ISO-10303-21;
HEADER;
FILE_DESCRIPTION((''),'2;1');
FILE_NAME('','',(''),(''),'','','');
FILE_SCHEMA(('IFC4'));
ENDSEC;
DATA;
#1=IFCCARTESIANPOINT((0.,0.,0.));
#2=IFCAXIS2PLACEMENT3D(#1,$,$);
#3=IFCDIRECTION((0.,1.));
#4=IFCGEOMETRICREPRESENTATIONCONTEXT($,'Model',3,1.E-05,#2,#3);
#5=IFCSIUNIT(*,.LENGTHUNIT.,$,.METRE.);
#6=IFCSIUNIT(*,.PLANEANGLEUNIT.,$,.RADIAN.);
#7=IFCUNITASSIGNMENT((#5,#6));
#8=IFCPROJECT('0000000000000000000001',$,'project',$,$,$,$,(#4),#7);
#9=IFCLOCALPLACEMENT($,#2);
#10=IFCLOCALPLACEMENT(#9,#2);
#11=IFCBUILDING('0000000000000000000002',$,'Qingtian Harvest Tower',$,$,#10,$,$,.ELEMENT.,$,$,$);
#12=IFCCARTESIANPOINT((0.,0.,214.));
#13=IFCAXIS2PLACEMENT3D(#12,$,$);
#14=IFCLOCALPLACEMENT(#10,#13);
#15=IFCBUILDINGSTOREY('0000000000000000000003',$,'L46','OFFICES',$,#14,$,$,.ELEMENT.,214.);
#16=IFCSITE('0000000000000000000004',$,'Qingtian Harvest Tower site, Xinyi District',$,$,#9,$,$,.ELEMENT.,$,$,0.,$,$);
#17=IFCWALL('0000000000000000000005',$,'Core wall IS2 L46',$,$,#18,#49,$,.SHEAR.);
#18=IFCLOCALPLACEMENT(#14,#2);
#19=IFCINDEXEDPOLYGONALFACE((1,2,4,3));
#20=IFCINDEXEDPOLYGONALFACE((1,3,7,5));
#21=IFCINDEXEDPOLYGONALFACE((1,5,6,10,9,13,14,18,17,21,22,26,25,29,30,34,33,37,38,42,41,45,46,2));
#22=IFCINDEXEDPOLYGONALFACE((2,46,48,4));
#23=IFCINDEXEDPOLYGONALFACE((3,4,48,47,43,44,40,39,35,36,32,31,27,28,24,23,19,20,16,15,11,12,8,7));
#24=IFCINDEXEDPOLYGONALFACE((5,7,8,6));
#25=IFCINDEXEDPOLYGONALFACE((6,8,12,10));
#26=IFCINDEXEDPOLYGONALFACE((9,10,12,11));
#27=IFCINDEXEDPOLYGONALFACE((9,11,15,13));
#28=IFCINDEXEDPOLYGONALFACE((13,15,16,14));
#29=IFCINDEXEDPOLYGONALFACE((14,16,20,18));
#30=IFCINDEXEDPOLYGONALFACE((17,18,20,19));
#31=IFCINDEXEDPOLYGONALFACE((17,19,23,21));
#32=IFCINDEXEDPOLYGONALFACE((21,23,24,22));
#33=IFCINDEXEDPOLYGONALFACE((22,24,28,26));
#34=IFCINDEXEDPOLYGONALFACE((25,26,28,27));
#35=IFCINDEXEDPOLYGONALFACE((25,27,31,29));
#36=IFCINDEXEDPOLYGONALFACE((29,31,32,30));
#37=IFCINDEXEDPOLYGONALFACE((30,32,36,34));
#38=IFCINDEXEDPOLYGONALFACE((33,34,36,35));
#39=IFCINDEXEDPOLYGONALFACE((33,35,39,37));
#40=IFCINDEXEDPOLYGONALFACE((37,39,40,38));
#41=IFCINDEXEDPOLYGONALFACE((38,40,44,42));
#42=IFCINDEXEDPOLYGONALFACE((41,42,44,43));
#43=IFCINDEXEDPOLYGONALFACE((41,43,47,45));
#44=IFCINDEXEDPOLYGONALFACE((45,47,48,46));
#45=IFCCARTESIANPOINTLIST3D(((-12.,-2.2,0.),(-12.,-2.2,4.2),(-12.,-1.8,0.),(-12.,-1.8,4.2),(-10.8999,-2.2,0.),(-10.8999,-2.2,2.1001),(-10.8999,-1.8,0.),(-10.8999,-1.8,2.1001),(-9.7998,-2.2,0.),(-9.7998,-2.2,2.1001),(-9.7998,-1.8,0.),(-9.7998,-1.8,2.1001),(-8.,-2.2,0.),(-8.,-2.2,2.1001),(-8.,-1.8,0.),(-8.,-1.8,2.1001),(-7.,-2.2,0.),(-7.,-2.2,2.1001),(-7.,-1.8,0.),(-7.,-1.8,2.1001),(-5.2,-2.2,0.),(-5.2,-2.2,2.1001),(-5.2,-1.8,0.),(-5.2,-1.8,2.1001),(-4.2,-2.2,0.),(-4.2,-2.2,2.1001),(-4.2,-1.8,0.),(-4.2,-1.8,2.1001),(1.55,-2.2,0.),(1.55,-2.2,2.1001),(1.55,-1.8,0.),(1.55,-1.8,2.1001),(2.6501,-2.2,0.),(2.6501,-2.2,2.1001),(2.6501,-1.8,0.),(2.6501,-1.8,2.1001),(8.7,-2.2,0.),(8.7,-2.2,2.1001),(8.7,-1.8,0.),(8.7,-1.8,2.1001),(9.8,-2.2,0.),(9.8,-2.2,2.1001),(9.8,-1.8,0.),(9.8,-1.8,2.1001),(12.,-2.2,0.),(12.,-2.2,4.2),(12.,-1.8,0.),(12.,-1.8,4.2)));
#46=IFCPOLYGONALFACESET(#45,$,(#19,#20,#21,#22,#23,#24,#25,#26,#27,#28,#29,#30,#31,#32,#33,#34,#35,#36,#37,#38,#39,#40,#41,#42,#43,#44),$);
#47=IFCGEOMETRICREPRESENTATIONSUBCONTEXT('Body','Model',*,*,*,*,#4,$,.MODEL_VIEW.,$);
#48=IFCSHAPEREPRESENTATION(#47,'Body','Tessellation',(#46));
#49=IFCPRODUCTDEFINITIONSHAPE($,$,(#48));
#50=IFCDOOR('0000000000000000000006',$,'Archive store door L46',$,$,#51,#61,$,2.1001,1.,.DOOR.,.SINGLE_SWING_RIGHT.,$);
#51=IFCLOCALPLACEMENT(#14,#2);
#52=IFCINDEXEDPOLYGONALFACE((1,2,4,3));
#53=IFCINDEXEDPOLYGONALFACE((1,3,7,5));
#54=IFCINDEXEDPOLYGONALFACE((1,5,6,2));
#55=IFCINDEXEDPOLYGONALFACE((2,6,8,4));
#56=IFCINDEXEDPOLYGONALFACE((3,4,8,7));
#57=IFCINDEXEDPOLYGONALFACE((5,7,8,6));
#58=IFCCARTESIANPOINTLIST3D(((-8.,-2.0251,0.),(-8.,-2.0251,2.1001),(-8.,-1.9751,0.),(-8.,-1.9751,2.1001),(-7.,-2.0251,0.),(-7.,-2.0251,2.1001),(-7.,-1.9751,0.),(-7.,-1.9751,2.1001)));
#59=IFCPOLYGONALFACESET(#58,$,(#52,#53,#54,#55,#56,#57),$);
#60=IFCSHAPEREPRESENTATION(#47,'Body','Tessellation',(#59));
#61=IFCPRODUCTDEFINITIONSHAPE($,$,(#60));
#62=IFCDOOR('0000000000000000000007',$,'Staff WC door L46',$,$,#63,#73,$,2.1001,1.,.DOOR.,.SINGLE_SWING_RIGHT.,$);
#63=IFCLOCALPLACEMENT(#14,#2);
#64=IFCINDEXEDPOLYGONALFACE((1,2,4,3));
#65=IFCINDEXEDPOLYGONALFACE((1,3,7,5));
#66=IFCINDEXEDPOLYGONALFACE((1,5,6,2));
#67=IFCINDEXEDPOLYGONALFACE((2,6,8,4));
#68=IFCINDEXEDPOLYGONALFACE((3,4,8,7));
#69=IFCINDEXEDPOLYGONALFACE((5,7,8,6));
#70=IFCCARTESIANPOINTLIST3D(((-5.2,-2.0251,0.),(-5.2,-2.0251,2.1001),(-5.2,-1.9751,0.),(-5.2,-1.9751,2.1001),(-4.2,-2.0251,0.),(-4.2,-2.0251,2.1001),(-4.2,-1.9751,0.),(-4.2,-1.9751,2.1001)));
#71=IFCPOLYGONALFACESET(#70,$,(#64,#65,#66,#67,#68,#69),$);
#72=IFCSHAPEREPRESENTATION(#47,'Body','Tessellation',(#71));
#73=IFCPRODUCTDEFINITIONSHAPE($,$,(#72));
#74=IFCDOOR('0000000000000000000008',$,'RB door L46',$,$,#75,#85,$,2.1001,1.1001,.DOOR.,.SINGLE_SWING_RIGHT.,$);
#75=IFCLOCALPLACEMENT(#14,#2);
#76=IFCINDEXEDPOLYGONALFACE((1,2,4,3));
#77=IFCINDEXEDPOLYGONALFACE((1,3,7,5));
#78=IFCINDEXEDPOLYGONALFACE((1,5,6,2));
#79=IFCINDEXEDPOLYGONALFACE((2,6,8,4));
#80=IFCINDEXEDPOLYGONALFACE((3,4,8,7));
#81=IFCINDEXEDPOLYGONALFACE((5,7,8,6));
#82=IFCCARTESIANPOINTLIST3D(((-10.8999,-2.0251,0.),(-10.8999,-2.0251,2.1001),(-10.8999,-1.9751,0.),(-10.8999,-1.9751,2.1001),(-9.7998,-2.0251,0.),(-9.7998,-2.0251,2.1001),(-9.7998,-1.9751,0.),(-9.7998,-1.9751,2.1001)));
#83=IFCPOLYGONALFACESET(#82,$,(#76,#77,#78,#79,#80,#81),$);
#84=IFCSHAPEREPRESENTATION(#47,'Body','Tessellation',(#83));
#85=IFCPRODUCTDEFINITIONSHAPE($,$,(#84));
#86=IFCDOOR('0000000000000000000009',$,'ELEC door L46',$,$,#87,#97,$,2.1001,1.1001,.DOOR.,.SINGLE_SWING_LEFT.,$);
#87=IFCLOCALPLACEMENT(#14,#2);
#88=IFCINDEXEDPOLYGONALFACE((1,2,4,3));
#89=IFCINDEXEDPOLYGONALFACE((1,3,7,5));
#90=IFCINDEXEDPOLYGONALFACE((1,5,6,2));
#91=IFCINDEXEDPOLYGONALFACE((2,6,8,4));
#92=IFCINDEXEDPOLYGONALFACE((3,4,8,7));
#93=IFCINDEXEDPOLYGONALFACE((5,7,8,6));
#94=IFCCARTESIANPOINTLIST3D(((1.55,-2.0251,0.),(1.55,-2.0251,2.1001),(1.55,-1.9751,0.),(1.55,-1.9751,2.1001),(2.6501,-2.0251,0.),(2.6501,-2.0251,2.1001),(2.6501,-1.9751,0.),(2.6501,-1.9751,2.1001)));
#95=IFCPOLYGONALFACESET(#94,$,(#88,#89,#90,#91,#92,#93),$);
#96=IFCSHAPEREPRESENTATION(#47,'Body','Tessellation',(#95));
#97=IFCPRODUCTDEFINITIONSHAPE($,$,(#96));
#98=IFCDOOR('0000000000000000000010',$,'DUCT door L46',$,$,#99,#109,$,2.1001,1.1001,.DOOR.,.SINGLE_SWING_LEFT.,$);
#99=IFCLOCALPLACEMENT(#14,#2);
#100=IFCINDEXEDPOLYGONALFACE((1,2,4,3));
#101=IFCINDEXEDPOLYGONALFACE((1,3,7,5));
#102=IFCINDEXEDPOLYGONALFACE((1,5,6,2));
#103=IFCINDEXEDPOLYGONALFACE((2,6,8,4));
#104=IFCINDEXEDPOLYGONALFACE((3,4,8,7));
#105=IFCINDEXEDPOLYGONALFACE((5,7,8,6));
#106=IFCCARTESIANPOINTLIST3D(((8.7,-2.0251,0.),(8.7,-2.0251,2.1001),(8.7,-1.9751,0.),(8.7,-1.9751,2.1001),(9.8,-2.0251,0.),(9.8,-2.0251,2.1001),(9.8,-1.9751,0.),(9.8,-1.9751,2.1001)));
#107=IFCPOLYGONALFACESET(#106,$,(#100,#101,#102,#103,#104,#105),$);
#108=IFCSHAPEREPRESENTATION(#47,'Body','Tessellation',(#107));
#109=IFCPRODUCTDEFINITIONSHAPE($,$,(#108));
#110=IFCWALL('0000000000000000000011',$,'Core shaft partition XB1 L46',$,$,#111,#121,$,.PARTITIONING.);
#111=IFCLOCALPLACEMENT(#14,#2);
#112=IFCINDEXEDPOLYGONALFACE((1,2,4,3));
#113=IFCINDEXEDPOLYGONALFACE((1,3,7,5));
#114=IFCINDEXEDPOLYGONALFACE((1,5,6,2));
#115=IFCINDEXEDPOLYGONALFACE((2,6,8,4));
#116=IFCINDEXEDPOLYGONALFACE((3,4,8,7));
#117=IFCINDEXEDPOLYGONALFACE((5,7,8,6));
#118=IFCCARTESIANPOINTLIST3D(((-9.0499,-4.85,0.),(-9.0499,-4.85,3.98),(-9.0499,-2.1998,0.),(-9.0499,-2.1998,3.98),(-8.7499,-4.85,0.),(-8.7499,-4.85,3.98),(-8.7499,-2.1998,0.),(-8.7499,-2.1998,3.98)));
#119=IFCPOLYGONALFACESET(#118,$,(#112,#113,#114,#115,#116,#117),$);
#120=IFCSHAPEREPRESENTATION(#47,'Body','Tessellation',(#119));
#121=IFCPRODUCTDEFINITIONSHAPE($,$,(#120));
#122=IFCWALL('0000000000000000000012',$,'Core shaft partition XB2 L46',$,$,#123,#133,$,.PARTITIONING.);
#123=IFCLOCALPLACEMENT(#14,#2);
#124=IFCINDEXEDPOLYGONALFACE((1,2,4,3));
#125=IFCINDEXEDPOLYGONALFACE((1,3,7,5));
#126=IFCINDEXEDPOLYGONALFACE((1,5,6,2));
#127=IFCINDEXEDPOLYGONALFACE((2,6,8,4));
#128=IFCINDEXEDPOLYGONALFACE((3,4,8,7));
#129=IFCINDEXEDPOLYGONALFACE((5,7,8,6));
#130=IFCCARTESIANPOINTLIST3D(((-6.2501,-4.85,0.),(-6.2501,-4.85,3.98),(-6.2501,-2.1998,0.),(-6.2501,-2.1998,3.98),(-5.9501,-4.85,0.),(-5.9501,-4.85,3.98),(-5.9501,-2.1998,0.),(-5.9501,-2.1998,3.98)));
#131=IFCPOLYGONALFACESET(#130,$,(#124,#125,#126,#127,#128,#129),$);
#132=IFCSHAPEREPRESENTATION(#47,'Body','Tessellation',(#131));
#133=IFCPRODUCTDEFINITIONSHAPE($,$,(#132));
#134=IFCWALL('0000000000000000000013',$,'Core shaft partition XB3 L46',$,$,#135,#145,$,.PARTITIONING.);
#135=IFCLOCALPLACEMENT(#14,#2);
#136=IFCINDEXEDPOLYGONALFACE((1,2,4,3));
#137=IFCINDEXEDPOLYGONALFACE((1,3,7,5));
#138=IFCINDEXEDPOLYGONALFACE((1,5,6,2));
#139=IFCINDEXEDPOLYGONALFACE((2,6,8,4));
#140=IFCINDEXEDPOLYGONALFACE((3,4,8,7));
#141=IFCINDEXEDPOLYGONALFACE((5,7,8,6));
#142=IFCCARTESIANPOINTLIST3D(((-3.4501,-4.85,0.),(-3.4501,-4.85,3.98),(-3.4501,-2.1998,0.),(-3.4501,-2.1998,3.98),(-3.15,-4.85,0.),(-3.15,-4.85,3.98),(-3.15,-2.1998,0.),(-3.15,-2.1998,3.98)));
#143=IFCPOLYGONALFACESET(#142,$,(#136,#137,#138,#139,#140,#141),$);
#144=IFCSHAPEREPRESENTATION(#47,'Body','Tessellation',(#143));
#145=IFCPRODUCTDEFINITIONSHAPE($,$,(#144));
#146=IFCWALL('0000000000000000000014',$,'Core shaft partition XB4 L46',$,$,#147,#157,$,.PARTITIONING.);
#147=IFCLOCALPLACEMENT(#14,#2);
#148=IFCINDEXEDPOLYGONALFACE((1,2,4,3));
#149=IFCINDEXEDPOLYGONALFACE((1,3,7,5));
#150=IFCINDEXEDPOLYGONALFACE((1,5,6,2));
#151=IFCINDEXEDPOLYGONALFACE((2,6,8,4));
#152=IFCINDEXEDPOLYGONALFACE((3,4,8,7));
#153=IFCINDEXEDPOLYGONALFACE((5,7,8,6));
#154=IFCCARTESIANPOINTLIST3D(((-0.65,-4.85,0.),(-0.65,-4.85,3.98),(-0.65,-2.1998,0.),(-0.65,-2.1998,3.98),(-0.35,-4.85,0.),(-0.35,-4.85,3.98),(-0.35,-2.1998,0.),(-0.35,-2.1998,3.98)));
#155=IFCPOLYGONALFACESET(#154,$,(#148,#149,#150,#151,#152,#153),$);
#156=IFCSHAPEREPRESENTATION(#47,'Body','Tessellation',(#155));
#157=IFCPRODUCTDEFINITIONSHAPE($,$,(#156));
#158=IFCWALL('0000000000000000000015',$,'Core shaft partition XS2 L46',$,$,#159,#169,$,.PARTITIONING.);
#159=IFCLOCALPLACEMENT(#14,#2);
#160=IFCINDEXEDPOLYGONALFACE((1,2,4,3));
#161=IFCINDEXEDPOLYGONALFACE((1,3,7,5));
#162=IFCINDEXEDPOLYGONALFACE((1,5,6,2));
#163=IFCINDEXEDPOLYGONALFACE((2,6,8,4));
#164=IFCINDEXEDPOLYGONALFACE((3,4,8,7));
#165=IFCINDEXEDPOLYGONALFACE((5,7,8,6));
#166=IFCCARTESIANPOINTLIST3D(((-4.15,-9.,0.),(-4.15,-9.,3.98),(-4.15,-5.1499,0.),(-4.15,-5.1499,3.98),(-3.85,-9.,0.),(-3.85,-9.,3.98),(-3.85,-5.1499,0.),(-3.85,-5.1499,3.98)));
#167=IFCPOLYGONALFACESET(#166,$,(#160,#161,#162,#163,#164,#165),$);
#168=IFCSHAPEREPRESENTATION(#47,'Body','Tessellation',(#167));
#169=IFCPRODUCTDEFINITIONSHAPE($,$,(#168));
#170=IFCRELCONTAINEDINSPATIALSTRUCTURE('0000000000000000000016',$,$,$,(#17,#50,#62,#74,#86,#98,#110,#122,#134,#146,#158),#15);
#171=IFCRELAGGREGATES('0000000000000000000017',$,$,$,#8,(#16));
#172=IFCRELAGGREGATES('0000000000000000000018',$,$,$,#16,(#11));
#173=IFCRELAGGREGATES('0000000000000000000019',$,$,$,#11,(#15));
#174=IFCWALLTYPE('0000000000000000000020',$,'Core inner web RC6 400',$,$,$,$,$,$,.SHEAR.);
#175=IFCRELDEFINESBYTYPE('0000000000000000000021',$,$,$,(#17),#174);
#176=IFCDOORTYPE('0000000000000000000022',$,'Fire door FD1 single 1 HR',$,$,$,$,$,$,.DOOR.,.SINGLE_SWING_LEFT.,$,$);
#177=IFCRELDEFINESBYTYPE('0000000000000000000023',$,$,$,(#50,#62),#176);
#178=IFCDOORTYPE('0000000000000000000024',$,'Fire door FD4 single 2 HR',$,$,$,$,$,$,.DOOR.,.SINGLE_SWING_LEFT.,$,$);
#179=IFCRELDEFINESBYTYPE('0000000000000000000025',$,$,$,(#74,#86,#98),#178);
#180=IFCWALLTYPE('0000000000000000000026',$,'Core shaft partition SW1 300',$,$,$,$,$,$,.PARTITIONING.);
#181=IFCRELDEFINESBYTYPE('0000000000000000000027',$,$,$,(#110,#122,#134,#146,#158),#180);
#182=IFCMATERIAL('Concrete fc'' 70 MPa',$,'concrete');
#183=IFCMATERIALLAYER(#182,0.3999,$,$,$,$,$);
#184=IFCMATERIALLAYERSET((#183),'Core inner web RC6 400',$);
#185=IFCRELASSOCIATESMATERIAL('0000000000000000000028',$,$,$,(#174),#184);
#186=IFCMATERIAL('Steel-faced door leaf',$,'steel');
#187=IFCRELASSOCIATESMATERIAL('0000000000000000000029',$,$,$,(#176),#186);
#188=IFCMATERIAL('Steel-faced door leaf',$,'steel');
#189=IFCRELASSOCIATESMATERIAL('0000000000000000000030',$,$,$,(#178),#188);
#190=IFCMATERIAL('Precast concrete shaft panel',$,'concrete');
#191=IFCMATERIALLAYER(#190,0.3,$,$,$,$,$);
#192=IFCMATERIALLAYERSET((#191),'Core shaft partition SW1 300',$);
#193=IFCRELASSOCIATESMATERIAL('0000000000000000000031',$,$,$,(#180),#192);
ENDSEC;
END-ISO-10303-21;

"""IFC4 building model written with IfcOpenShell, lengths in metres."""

from ifc_helpers import new_model, si_unit, direction, frame, frame_2d, origin, place, context, subcontext, project, spatial, rectangle, extrude, material, layer, layer_set, type_object, element, fill, save


model = new_model("IFC4")

# Units and contexts
model_context = context("Model", 3, precision=1e-05, world=origin(), true_north=direction((0.0, 1.0)))
body_context = subcontext(model_context, "Body", "Model", "MODEL_VIEW")
ifc_project = project(units=[si_unit("LENGTHUNIT", "METRE"), si_unit("PLANEANGLEUNIT", "RADIAN")], contexts=[model_context])

# Site, building, storey
site_placement = place(None, origin())
site = spatial("IfcSite", under=ifc_project, at=site_placement, Name="Qingtian Harvest Tower site, Xinyi District", CompositionType="ELEMENT", RefElevation=0.0)
building_placement = place(site_placement, origin())
building = spatial("IfcBuilding", under=site, at=building_placement, Name="Qingtian Harvest Tower", CompositionType="ELEMENT")
storey_placement = place(building_placement, frame((0.0, 0.0, 214.0)))
storey = spatial("IfcBuildingStorey", under=building, at=storey_placement, Name="L46", Description="OFFICES", CompositionType="ELEMENT", Elevation=214.0)

# Wall, openings, doors
ifc_material_1 = material(Name="Concrete fc' 70 MPa", Category="concrete")
ifc_layer_1 = layer(ifc_material_1, 0.3999)
ifc_layer_set_1 = layer_set([ifc_layer_1], Name="Core inner web RC6 400")
wall_type_1 = type_object("IfcWallType", Name="Core inner web RC6 400", PredefinedType="SHEAR", material=ifc_layer_set_1)
wall_1_placement = place(storey_placement, frame((-12.0, -2.0, 0.0), z_axis=(0.0, 0.0, 1.0), x_axis=(1.0, 0.0, 0.0)))
wall_1 = element("IfcWall", 1, at=wall_1_placement, inside=storey, type_object=wall_type_1, Name="Core wall IS2 L46", PredefinedType="SHEAR", context=body_context, shape_type="SweptSolid", body=[
    extrude(rectangle(XDim=24.0, YDim=0.3999, at=frame_2d((12.0, 0.0))), origin(), (0.0, 0.0, 1.0), 4.2),
])
opening_1_placement = place(wall_1_placement, frame((1.1001, 0.0, 0.0)))
opening_1 = element("IfcOpeningElement", 2, at=opening_1_placement, cuts=wall_1, PredefinedType="OPENING", context=body_context, shape_type="SweptSolid", body=[
    extrude(rectangle(XDim=1.1001, YDim=2.1001, at=frame_2d((0.55, 1.05))), frame((0.0, 0.21, 0.0), z_axis=(0.0, -1.0, 0.0), x_axis=(1.0, 0.0, 0.0)), (0.0, 0.0, 1.0), 0.4199),
])
opening_2_placement = place(wall_1_placement, frame((13.55, 0.0, 0.0)))
opening_2 = element("IfcOpeningElement", 3, at=opening_2_placement, cuts=wall_1, PredefinedType="OPENING", context=body_context, shape_type="SweptSolid", body=[
    extrude(rectangle(XDim=1.1001, YDim=2.1001, at=frame_2d((0.55, 1.05))), frame((0.0, 0.21, 0.0), z_axis=(0.0, -1.0, 0.0), x_axis=(1.0, 0.0, 0.0)), (0.0, 0.0, 1.0), 0.4199),
])
opening_3_placement = place(wall_1_placement, frame((20.7, 0.0, 0.0)))
opening_3 = element("IfcOpeningElement", 4, at=opening_3_placement, cuts=wall_1, PredefinedType="OPENING", context=body_context, shape_type="SweptSolid", body=[
    extrude(rectangle(XDim=1.1001, YDim=2.1001, at=frame_2d((0.55, 1.05))), frame((0.0, 0.21, 0.0), z_axis=(0.0, -1.0, 0.0), x_axis=(1.0, 0.0, 0.0)), (0.0, 0.0, 1.0), 0.4199),
])
opening_4_placement = place(wall_1_placement, frame((4.0, 0.0, 0.0)))
opening_4 = element("IfcOpeningElement", 5, at=opening_4_placement, cuts=wall_1, PredefinedType="OPENING", context=body_context, shape_type="SweptSolid", body=[
    extrude(rectangle(XDim=1.0, YDim=2.1001, at=frame_2d((0.5, 1.05))), frame((0.0, 0.21, 0.0), z_axis=(0.0, -1.0, 0.0), x_axis=(1.0, 0.0, 0.0)), (0.0, 0.0, 1.0), 0.4199),
])
opening_5_placement = place(wall_1_placement, frame((6.8, 0.0, 0.0)))
opening_5 = element("IfcOpeningElement", 6, at=opening_5_placement, cuts=wall_1, PredefinedType="OPENING", context=body_context, shape_type="SweptSolid", body=[
    extrude(rectangle(XDim=1.0, YDim=2.1001, at=frame_2d((0.5, 1.05))), frame((0.0, 0.21, 0.0), z_axis=(0.0, -1.0, 0.0), x_axis=(1.0, 0.0, 0.0)), (0.0, 0.0, 1.0), 0.4199),
])
ifc_material_2 = material(Name="Steel-faced door leaf", Category="steel")
door_type_1 = type_object("IfcDoorType", Name="Fire door FD1 single 1 HR", OperationType="SINGLE_SWING_LEFT", PredefinedType="DOOR", material=ifc_material_2)
door_1_placement = place(opening_4_placement, origin())
door_1 = element("IfcDoor", 7, at=door_1_placement, inside=storey, type_object=door_type_1, Name="Archive store door L46", OperationType="SINGLE_SWING_RIGHT", OverallHeight=2.1001, OverallWidth=1.0, PredefinedType="DOOR", context=body_context, shape_type="SweptSolid", body=[
    extrude(rectangle(XDim=1.0, YDim=2.1001, at=frame_2d((0.5, 1.05))), frame((0.0, 0.0249, 0.0), z_axis=(0.0, -1.0, 0.0), x_axis=(1.0, 0.0, 0.0)), (0.0, 0.0, 1.0), 0.05),
])
fill(opening_4, door_1)
door_2_placement = place(opening_5_placement, origin())
door_2 = element("IfcDoor", 8, at=door_2_placement, inside=storey, type_object=door_type_1, Name="Staff WC door L46", OperationType="SINGLE_SWING_RIGHT", OverallHeight=2.1001, OverallWidth=1.0, PredefinedType="DOOR", context=body_context, shape_type="SweptSolid", body=[
    extrude(rectangle(XDim=1.0, YDim=2.1001, at=frame_2d((0.5, 1.05))), frame((0.0, 0.0249, 0.0), z_axis=(0.0, -1.0, 0.0), x_axis=(1.0, 0.0, 0.0)), (0.0, 0.0, 1.0), 0.05),
])
fill(opening_5, door_2)
ifc_material_3 = material(Name="Steel-faced door leaf", Category="steel")
door_type_2 = type_object("IfcDoorType", Name="Fire door FD4 single 2 HR", OperationType="SINGLE_SWING_LEFT", PredefinedType="DOOR", material=ifc_material_3)
door_3_placement = place(opening_1_placement, origin())
door_3 = element("IfcDoor", 9, at=door_3_placement, inside=storey, type_object=door_type_2, Name="RB door L46", OperationType="SINGLE_SWING_RIGHT", OverallHeight=2.1001, OverallWidth=1.1001, PredefinedType="DOOR", context=body_context, shape_type="SweptSolid", body=[
    extrude(rectangle(XDim=1.1001, YDim=2.1001, at=frame_2d((0.55, 1.05))), frame((0.0, 0.0249, 0.0), z_axis=(0.0, -1.0, 0.0), x_axis=(1.0, 0.0, 0.0)), (0.0, 0.0, 1.0), 0.05),
])
fill(opening_1, door_3)
door_4_placement = place(opening_2_placement, origin())
door_4 = element("IfcDoor", 10, at=door_4_placement, inside=storey, type_object=door_type_2, Name="ELEC door L46", OperationType="SINGLE_SWING_LEFT", OverallHeight=2.1001, OverallWidth=1.1001, PredefinedType="DOOR", context=body_context, shape_type="SweptSolid", body=[
    extrude(rectangle(XDim=1.1001, YDim=2.1001, at=frame_2d((0.55, 1.05))), frame((0.0, 0.0249, 0.0), z_axis=(0.0, -1.0, 0.0), x_axis=(1.0, 0.0, 0.0)), (0.0, 0.0, 1.0), 0.05),
])
fill(opening_2, door_4)
door_5_placement = place(opening_3_placement, origin())
door_5 = element("IfcDoor", 11, at=door_5_placement, inside=storey, type_object=door_type_2, Name="DUCT door L46", OperationType="SINGLE_SWING_LEFT", OverallHeight=2.1001, OverallWidth=1.1001, PredefinedType="DOOR", context=body_context, shape_type="SweptSolid", body=[
    extrude(rectangle(XDim=1.1001, YDim=2.1001, at=frame_2d((0.55, 1.05))), frame((0.0, 0.0249, 0.0), z_axis=(0.0, -1.0, 0.0), x_axis=(1.0, 0.0, 0.0)), (0.0, 0.0, 1.0), 0.05),
])
fill(opening_3, door_5)

# Walls
ifc_material_4 = material(Name="Precast concrete shaft panel", Category="concrete")
ifc_layer_2 = layer(ifc_material_4, 0.3)
ifc_layer_set_2 = layer_set([ifc_layer_2], Name="Core shaft partition SW1 300")
wall_type_2 = type_object("IfcWallType", Name="Core shaft partition SW1 300", PredefinedType="PARTITIONING", material=ifc_layer_set_2)
for number, where, z_axis, x_axis, name in (
    (12, (-8.8999, -4.8501, 0.0), (0.0, 0.0, 1.0), (0.0, 1.0, 0.0), "Core shaft partition XB1 L46"),
    (13, (-6.1001, -4.8501, 0.0), (0.0, 0.0, 1.0), (0.0, 1.0, 0.0), "Core shaft partition XB2 L46"),
    (14, (-3.3, -4.8501, 0.0), (0.0, 0.0, 1.0), (0.0, 1.0, 0.0), "Core shaft partition XB3 L46"),
    (15, (-0.5, -4.8501, 0.0), (0.0, 0.0, 1.0), (0.0, 1.0, 0.0), "Core shaft partition XB4 L46"),
):
    element("IfcWall", number, at=place(storey_placement, frame(where, z_axis=z_axis, x_axis=x_axis)), inside=storey, type_object=wall_type_2, Name=name, PredefinedType="PARTITIONING", context=body_context, shape_type="SweptSolid", body=[
        extrude(rectangle(XDim=2.6501, YDim=0.3, at=frame_2d((1.3252, 0.0))), origin(), (0.0, 0.0, 1.0), 3.98),
    ])
wall_2_placement = place(storey_placement, frame((-4.0, -9.0, 0.0), z_axis=(0.0, 0.0, 1.0), x_axis=(0.0, 1.0, 0.0)))
element("IfcWall", 16, at=wall_2_placement, inside=storey, type_object=wall_type_2, Name="Core shaft partition XS2 L46", PredefinedType="PARTITIONING", context=body_context, shape_type="SweptSolid", body=[
    extrude(rectangle(XDim=3.8501, YDim=0.3, at=frame_2d((1.925, 0.0))), origin(), (0.0, 0.0, 1.0), 3.98),
])

save(model, "model.ifc")
